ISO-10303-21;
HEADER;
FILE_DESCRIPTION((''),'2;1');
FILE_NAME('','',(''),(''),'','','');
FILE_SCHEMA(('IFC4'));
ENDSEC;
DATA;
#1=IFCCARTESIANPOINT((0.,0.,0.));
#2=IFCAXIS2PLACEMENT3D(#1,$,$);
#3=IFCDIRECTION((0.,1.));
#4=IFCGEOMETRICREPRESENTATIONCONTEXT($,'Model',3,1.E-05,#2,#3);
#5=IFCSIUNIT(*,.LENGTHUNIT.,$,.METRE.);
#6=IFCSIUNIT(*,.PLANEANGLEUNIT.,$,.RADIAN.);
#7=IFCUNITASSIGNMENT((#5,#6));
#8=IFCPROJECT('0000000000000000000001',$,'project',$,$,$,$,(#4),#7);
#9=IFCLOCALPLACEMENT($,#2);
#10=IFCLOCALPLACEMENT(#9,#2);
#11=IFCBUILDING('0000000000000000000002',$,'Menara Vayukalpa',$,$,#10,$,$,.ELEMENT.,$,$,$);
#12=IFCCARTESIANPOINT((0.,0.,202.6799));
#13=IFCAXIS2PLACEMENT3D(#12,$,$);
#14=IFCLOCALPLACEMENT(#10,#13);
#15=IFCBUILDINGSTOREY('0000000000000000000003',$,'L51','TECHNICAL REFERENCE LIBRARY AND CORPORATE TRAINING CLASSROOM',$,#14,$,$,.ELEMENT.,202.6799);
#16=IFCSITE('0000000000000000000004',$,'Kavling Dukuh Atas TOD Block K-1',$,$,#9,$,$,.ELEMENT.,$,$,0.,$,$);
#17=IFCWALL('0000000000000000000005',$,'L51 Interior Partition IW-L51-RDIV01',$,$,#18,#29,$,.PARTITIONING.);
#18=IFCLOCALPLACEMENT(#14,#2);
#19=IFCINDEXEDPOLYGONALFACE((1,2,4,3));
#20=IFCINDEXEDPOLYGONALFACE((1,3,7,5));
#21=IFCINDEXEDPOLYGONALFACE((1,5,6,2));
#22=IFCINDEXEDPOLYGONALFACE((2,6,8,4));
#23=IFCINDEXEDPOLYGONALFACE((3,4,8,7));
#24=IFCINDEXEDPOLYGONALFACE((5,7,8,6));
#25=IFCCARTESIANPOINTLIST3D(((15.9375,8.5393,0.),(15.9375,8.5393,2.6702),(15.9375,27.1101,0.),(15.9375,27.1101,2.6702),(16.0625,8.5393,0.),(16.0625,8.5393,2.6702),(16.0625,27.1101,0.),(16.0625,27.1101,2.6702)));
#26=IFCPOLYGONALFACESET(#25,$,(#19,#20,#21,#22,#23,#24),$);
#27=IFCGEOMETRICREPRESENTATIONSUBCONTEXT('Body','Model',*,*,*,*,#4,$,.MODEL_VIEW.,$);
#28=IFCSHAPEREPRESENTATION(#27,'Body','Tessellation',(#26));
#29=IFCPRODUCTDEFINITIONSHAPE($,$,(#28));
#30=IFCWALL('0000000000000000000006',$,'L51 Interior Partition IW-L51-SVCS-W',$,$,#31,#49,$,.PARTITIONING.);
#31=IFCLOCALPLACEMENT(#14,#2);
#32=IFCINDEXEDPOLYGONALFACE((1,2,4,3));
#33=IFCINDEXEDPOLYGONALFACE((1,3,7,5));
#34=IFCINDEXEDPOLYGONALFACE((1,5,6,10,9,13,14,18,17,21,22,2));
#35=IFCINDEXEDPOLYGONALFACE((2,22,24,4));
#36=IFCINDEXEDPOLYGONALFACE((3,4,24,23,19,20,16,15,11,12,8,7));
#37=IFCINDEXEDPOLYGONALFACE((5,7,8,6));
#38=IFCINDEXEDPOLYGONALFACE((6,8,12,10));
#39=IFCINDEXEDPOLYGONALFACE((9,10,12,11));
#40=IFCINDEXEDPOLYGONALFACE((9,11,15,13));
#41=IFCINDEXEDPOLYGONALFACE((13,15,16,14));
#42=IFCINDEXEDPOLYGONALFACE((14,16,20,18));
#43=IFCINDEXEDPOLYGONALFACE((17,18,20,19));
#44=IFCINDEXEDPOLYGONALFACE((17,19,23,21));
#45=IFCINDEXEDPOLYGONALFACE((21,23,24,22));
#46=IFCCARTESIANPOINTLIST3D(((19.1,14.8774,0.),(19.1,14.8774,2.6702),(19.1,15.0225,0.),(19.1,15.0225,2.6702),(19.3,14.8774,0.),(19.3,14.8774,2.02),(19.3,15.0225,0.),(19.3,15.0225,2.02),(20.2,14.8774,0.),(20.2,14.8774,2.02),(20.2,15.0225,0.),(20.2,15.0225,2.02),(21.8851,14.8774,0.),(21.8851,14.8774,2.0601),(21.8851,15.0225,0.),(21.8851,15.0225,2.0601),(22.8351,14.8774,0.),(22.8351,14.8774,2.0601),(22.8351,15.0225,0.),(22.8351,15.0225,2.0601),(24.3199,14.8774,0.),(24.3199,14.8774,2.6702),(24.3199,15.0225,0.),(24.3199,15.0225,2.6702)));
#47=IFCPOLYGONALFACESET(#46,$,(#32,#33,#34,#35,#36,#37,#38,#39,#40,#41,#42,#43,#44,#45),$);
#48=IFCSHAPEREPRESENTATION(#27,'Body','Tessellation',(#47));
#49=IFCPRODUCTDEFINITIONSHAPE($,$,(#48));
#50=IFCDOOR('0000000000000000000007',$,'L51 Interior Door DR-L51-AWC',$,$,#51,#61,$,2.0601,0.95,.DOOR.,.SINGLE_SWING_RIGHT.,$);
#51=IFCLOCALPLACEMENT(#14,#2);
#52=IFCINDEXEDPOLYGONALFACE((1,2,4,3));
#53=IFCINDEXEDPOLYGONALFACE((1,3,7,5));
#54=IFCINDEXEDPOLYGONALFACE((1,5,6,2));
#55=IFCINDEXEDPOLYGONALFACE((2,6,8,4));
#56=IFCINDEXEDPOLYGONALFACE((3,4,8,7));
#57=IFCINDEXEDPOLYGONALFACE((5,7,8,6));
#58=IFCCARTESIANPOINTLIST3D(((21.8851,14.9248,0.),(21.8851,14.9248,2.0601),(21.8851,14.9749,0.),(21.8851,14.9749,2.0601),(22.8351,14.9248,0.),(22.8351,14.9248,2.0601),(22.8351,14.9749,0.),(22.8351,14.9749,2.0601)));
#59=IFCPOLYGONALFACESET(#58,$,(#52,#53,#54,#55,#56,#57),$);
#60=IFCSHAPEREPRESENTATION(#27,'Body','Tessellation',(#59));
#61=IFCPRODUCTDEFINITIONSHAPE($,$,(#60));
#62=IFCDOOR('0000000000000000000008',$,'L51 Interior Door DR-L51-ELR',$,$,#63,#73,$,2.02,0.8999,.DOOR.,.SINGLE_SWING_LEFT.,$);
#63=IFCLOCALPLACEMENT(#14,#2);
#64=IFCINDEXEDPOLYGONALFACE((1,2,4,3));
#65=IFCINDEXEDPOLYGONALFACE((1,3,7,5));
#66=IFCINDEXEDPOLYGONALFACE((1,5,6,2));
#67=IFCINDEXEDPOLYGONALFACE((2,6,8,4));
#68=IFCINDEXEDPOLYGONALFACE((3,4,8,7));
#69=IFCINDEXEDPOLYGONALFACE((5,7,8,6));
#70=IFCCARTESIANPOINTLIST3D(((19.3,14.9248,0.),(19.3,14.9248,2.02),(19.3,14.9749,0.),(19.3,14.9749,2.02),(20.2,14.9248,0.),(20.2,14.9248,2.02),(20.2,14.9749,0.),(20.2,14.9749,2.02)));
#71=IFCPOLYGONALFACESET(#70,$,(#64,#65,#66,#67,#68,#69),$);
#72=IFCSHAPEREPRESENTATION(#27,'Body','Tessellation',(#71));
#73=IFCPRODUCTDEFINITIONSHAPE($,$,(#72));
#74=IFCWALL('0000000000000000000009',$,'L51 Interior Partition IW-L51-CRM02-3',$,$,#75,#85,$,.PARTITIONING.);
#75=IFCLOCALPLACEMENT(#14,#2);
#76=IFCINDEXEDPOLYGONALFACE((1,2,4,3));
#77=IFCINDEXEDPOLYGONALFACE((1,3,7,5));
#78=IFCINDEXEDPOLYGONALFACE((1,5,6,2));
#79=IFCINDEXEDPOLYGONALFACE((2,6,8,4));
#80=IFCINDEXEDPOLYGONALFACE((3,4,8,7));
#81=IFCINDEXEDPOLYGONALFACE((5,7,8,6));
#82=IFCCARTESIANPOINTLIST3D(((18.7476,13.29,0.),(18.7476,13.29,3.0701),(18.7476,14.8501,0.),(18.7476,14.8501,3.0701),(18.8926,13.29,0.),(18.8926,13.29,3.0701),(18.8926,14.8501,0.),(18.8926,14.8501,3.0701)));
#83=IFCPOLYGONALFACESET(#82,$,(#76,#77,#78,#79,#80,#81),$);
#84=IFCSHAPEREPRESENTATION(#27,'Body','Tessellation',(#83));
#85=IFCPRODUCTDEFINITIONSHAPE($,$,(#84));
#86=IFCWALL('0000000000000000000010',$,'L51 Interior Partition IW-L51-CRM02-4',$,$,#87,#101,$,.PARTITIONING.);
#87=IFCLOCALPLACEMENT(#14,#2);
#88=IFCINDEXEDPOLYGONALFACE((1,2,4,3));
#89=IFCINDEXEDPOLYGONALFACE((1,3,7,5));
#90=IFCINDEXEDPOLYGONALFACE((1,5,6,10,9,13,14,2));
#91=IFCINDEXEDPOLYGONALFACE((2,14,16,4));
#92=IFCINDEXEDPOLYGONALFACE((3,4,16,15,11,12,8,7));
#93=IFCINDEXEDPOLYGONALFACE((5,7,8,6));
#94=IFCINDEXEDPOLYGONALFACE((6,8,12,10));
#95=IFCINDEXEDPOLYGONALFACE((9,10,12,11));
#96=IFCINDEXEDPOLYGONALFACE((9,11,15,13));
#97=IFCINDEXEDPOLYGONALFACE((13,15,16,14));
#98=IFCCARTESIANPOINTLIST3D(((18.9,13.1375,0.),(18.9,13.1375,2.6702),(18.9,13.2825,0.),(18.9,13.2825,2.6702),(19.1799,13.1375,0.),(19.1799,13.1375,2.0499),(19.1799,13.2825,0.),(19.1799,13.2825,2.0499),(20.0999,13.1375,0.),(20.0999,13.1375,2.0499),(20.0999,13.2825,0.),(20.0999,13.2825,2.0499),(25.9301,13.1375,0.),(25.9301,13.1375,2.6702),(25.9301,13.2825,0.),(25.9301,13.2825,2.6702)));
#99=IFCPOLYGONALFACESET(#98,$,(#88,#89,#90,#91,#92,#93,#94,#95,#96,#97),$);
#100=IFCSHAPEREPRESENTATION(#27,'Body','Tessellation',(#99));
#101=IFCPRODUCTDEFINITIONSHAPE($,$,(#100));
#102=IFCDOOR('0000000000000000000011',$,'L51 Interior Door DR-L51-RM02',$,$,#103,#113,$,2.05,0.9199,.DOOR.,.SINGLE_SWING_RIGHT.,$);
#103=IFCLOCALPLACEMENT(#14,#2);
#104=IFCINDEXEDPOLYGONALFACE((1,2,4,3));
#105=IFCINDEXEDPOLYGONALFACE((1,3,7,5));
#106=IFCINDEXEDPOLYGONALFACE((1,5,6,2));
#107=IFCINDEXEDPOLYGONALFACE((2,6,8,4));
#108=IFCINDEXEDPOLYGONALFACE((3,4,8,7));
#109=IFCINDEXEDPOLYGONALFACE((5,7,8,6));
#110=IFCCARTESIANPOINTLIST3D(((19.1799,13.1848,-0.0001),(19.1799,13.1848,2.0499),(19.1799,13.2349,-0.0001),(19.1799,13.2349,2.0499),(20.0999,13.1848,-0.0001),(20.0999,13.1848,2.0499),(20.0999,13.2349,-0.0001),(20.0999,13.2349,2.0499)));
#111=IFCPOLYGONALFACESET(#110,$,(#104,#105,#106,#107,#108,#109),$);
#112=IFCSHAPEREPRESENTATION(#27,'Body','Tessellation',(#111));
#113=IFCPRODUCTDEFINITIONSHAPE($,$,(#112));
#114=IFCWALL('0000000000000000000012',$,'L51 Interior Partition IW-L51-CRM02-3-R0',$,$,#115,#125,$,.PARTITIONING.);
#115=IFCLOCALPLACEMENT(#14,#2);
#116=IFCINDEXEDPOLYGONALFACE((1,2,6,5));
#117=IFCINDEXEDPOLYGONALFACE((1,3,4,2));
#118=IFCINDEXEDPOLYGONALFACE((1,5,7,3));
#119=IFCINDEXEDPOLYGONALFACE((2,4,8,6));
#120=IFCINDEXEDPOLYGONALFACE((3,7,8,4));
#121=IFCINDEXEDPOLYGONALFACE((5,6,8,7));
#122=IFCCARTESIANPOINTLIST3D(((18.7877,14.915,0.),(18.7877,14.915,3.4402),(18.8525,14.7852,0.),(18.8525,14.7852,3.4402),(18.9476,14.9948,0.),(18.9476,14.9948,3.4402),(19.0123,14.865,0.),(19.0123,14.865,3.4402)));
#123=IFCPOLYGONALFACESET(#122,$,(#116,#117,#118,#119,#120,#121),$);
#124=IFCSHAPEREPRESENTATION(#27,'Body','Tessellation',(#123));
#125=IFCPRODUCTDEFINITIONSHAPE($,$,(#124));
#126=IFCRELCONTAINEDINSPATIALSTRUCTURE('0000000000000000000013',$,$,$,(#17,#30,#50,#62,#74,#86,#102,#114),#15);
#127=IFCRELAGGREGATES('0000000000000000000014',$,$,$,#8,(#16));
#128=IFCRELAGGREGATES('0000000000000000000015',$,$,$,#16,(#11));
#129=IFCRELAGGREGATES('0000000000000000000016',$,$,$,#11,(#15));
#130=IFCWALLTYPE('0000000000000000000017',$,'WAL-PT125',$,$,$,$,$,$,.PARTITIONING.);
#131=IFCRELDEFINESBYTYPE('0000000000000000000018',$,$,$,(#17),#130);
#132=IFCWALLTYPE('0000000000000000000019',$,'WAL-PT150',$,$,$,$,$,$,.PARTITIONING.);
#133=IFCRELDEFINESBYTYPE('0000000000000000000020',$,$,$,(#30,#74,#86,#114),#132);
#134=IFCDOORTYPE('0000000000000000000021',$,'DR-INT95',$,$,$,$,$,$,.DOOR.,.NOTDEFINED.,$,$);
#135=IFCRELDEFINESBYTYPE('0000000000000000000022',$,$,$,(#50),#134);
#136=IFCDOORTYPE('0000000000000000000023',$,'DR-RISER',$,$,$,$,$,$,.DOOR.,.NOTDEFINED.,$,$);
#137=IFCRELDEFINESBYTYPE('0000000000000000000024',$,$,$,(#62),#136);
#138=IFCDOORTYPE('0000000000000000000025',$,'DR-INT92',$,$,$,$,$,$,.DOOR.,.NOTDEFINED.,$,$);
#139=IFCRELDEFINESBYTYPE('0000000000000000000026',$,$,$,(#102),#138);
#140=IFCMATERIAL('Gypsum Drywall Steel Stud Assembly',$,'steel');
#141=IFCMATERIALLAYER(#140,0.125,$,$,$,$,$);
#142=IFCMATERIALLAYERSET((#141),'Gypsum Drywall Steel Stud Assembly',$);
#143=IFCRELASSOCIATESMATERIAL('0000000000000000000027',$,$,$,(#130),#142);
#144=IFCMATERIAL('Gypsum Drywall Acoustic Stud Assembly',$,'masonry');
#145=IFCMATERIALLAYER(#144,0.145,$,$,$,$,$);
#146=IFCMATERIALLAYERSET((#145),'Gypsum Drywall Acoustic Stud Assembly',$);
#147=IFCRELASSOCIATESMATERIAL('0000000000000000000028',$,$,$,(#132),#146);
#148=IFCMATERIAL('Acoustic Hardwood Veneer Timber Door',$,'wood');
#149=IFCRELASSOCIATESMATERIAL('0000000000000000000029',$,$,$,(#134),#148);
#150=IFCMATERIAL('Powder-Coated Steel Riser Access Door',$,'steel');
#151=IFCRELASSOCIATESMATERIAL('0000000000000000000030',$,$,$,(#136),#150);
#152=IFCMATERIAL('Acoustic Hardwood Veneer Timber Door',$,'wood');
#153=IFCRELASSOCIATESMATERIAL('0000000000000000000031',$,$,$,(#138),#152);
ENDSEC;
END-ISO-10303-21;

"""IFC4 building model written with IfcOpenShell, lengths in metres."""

from ifc_helpers import new_model, si_unit, direction, frame, frame_2d, origin, place, context, subcontext, project, spatial, rectangle, extrude, material, layer, layer_set, type_object, element, fill, save


model = new_model("IFC4")

# Units and contexts
model_context = context("Model", 3, precision=1e-05, world=origin(), true_north=direction((0.0, 1.0)))
body_context = subcontext(model_context, "Body", "Model", "MODEL_VIEW")
ifc_project = project(units=[si_unit("LENGTHUNIT", "METRE"), si_unit("PLANEANGLEUNIT", "RADIAN")], contexts=[model_context])

# Site, building, storey
site_placement = place(None, origin())
site = spatial("IfcSite", under=ifc_project, at=site_placement, Name="Kavling Dukuh Atas TOD Block K-1", CompositionType="ELEMENT", RefElevation=0.0)
building_placement = place(site_placement, origin())
building = spatial("IfcBuilding", under=site, at=building_placement, Name="Menara Vayukalpa", CompositionType="ELEMENT")
storey_placement = place(building_placement, frame((0.0, 0.0, 202.6799)))
storey = spatial("IfcBuildingStorey", under=building, at=storey_placement, Name="L51", Description="TECHNICAL REFERENCE LIBRARY AND CORPORATE TRAINING CLASSROOM", CompositionType="ELEMENT", Elevation=202.6799)

# Wall
ifc_material_1 = material(Name="Gypsum Drywall Steel Stud Assembly", Category="steel")
ifc_layer_1 = layer(ifc_material_1, 0.125)
ifc_layer_set_1 = layer_set([ifc_layer_1], Name="Gypsum Drywall Steel Stud Assembly")
wall_type_1 = type_object("IfcWallType", Name="WAL-PT125", PredefinedType="PARTITIONING", material=ifc_layer_set_1)
wall_1_placement = place(storey_placement, frame((16.0, 8.5393, 0.0), z_axis=(0.0, 0.0, 1.0), x_axis=(0.0, 1.0, 0.0)))
element("IfcWall", 1, at=wall_1_placement, inside=storey, type_object=wall_type_1, Name="L51 Interior Partition IW-L51-RDIV01", PredefinedType="PARTITIONING", context=body_context, shape_type="SweptSolid", body=[
    extrude(rectangle(XDim=18.5708, YDim=0.125, at=frame_2d((9.2854, 0.0))), origin(), (0.0, 0.0, 1.0), 2.6702),
])

# Wall, openings, doors
ifc_material_2 = material(Name="Gypsum Drywall Acoustic Stud Assembly", Category="masonry")
ifc_layer_2 = layer(ifc_material_2, 0.145)
ifc_layer_set_2 = layer_set([ifc_layer_2], Name="Gypsum Drywall Acoustic Stud Assembly")
wall_type_2 = type_object("IfcWallType", Name="WAL-PT150", PredefinedType="PARTITIONING", material=ifc_layer_set_2)
wall_2_placement = place(storey_placement, frame((19.1001, 14.95, 0.0), z_axis=(0.0, 0.0, 1.0), x_axis=(1.0, 0.0, 0.0)))
wall_2 = element("IfcWall", 2, at=wall_2_placement, inside=storey, type_object=wall_type_2, Name="L51 Interior Partition IW-L51-SVCS-W", PredefinedType="PARTITIONING", context=body_context, shape_type="SweptSolid", body=[
    extrude(rectangle(XDim=5.22, YDim=0.145, at=frame_2d((2.6099, 0.0))), origin(), (0.0, 0.0, 1.0), 2.6702),
])
opening_1_placement = place(wall_2_placement, frame((0.2, 0.0, 0.0)))
opening_1 = element("IfcOpeningElement", 3, at=opening_1_placement, cuts=wall_2, PredefinedType="OPENING", context=body_context, shape_type="SweptSolid", body=[
    extrude(rectangle(XDim=0.8999, YDim=2.02, at=frame_2d((0.45, 1.01))), frame((0.0, 0.0825, 0.0), z_axis=(0.0, -1.0, 0.0), x_axis=(1.0, 0.0, 0.0)), (0.0, 0.0, 1.0), 0.165),
])
opening_2_placement = place(wall_2_placement, frame((2.7849, 0.0, 0.0)))
opening_2 = element("IfcOpeningElement", 4, at=opening_2_placement, cuts=wall_2, PredefinedType="OPENING", context=body_context, shape_type="SweptSolid", body=[
    extrude(rectangle(XDim=0.95, YDim=2.0601, at=frame_2d((0.4751, 1.03))), frame((0.0, 0.0825, 0.0), z_axis=(0.0, -1.0, 0.0), x_axis=(1.0, 0.0, 0.0)), (0.0, 0.0, 1.0), 0.165),
])
ifc_material_3 = material(Name="Acoustic Hardwood Veneer Timber Door", Category="wood")
door_type_1 = type_object("IfcDoorType", Name="DR-INT95", OperationType="NOTDEFINED", PredefinedType="DOOR", material=ifc_material_3)
door_1_placement = place(opening_2_placement, origin())
door_1 = element("IfcDoor", 5, at=door_1_placement, inside=storey, type_object=door_type_1, Name="L51 Interior Door DR-L51-AWC", OperationType="SINGLE_SWING_RIGHT", OverallHeight=2.0601, OverallWidth=0.95, PredefinedType="DOOR", context=body_context, shape_type="SweptSolid", body=[
    extrude(rectangle(XDim=0.95, YDim=2.0601, at=frame_2d((0.4751, 1.03))), frame((0.0, 0.0249, 0.0), z_axis=(0.0, -1.0, 0.0), x_axis=(1.0, 0.0, 0.0)), (0.0, 0.0, 1.0), 0.05),
])
fill(opening_2, door_1)
ifc_material_4 = material(Name="Powder-Coated Steel Riser Access Door", Category="steel")
door_type_2 = type_object("IfcDoorType", Name="DR-RISER", OperationType="NOTDEFINED", PredefinedType="DOOR", material=ifc_material_4)
door_2_placement = place(opening_1_placement, origin())
door_2 = element("IfcDoor", 6, at=door_2_placement, inside=storey, type_object=door_type_2, Name="L51 Interior Door DR-L51-ELR", OperationType="SINGLE_SWING_LEFT", OverallHeight=2.02, OverallWidth=0.8999, PredefinedType="DOOR", context=body_context, shape_type="SweptSolid", body=[
    extrude(rectangle(XDim=0.8999, YDim=2.02, at=frame_2d((0.45, 1.01))), frame((0.0, 0.0249, 0.0), z_axis=(0.0, -1.0, 0.0), x_axis=(1.0, 0.0, 0.0)), (0.0, 0.0, 1.0), 0.05),
])
fill(opening_1, door_2)

# Wall
wall_3_placement = place(storey_placement, frame((18.8201, 14.8501, 0.0), z_axis=(0.0, 0.0, 1.0), x_axis=(0.0, -1.0, 0.0)))
element("IfcWall", 7, at=wall_3_placement, inside=storey, type_object=wall_type_2, Name="L51 Interior Partition IW-L51-CRM02-3", PredefinedType="PARTITIONING", context=body_context, shape_type="SweptSolid", body=[
    extrude(rectangle(XDim=1.5601, YDim=0.145, at=frame_2d((0.78, 0.0))), origin(), (0.0, 0.0, 1.0), 3.0701),
])

# Wall, opening, door
wall_4_placement = place(storey_placement, frame((18.8999, 13.21, 0.0), z_axis=(0.0, 0.0, 1.0), x_axis=(1.0, 0.0, 0.0)))
wall_4 = element("IfcWall", 8, at=wall_4_placement, inside=storey, type_object=wall_type_2, Name="L51 Interior Partition IW-L51-CRM02-4", PredefinedType="PARTITIONING", context=body_context, shape_type="SweptSolid", body=[
    extrude(rectangle(XDim=7.03, YDim=0.145, at=frame_2d((3.5151, 0.0))), origin(), (0.0, 0.0, 1.0), 2.6702),
])
opening_3_placement = place(wall_4_placement, frame((0.28, 0.0, 0.0)))
opening_3 = element("IfcOpeningElement", 9, at=opening_3_placement, cuts=wall_4, PredefinedType="OPENING", context=body_context, shape_type="SweptSolid", body=[
    extrude(rectangle(XDim=0.9199, YDim=2.05, at=frame_2d((0.46, 1.0249))), frame((0.0, 0.0825, 0.0), z_axis=(0.0, -1.0, 0.0), x_axis=(1.0, 0.0, 0.0)), (0.0, 0.0, 1.0), 0.165),
])
ifc_material_5 = material(Name="Acoustic Hardwood Veneer Timber Door", Category="wood")
door_type_3 = type_object("IfcDoorType", Name="DR-INT92", OperationType="NOTDEFINED", PredefinedType="DOOR", material=ifc_material_5)
door_3_placement = place(opening_3_placement, origin())
door_3 = element("IfcDoor", 10, at=door_3_placement, inside=storey, type_object=door_type_3, Name="L51 Interior Door DR-L51-RM02", OperationType="SINGLE_SWING_RIGHT", OverallHeight=2.05, OverallWidth=0.9199, PredefinedType="DOOR", context=body_context, shape_type="SweptSolid", body=[
    extrude(rectangle(XDim=0.9199, YDim=2.05, at=frame_2d((0.46, 1.0249))), frame((0.0, 0.0249, 0.0), z_axis=(0.0, -1.0, 0.0), x_axis=(1.0, 0.0, 0.0)), (0.0, 0.0, 1.0), 0.05),
])
fill(opening_3, door_3)

# Wall
wall_5_placement = place(storey_placement, frame((18.8201, 14.8501, 0.0), z_axis=(0.0, 0.0, 1.0), x_axis=(0.8947, 0.446667, 0.0)))
element("IfcWall", 11, at=wall_5_placement, inside=storey, type_object=wall_type_2, Name="L51 Interior Partition IW-L51-CRM02-3-R0", PredefinedType="PARTITIONING", context=body_context, shape_type="SweptSolid", body=[
    extrude(rectangle(XDim=0.1787, YDim=0.145, at=frame_2d((0.0894, 0.0))), origin(), (0.0, 0.0, 1.0), 3.4402),
])

save(model, "model.ifc")
